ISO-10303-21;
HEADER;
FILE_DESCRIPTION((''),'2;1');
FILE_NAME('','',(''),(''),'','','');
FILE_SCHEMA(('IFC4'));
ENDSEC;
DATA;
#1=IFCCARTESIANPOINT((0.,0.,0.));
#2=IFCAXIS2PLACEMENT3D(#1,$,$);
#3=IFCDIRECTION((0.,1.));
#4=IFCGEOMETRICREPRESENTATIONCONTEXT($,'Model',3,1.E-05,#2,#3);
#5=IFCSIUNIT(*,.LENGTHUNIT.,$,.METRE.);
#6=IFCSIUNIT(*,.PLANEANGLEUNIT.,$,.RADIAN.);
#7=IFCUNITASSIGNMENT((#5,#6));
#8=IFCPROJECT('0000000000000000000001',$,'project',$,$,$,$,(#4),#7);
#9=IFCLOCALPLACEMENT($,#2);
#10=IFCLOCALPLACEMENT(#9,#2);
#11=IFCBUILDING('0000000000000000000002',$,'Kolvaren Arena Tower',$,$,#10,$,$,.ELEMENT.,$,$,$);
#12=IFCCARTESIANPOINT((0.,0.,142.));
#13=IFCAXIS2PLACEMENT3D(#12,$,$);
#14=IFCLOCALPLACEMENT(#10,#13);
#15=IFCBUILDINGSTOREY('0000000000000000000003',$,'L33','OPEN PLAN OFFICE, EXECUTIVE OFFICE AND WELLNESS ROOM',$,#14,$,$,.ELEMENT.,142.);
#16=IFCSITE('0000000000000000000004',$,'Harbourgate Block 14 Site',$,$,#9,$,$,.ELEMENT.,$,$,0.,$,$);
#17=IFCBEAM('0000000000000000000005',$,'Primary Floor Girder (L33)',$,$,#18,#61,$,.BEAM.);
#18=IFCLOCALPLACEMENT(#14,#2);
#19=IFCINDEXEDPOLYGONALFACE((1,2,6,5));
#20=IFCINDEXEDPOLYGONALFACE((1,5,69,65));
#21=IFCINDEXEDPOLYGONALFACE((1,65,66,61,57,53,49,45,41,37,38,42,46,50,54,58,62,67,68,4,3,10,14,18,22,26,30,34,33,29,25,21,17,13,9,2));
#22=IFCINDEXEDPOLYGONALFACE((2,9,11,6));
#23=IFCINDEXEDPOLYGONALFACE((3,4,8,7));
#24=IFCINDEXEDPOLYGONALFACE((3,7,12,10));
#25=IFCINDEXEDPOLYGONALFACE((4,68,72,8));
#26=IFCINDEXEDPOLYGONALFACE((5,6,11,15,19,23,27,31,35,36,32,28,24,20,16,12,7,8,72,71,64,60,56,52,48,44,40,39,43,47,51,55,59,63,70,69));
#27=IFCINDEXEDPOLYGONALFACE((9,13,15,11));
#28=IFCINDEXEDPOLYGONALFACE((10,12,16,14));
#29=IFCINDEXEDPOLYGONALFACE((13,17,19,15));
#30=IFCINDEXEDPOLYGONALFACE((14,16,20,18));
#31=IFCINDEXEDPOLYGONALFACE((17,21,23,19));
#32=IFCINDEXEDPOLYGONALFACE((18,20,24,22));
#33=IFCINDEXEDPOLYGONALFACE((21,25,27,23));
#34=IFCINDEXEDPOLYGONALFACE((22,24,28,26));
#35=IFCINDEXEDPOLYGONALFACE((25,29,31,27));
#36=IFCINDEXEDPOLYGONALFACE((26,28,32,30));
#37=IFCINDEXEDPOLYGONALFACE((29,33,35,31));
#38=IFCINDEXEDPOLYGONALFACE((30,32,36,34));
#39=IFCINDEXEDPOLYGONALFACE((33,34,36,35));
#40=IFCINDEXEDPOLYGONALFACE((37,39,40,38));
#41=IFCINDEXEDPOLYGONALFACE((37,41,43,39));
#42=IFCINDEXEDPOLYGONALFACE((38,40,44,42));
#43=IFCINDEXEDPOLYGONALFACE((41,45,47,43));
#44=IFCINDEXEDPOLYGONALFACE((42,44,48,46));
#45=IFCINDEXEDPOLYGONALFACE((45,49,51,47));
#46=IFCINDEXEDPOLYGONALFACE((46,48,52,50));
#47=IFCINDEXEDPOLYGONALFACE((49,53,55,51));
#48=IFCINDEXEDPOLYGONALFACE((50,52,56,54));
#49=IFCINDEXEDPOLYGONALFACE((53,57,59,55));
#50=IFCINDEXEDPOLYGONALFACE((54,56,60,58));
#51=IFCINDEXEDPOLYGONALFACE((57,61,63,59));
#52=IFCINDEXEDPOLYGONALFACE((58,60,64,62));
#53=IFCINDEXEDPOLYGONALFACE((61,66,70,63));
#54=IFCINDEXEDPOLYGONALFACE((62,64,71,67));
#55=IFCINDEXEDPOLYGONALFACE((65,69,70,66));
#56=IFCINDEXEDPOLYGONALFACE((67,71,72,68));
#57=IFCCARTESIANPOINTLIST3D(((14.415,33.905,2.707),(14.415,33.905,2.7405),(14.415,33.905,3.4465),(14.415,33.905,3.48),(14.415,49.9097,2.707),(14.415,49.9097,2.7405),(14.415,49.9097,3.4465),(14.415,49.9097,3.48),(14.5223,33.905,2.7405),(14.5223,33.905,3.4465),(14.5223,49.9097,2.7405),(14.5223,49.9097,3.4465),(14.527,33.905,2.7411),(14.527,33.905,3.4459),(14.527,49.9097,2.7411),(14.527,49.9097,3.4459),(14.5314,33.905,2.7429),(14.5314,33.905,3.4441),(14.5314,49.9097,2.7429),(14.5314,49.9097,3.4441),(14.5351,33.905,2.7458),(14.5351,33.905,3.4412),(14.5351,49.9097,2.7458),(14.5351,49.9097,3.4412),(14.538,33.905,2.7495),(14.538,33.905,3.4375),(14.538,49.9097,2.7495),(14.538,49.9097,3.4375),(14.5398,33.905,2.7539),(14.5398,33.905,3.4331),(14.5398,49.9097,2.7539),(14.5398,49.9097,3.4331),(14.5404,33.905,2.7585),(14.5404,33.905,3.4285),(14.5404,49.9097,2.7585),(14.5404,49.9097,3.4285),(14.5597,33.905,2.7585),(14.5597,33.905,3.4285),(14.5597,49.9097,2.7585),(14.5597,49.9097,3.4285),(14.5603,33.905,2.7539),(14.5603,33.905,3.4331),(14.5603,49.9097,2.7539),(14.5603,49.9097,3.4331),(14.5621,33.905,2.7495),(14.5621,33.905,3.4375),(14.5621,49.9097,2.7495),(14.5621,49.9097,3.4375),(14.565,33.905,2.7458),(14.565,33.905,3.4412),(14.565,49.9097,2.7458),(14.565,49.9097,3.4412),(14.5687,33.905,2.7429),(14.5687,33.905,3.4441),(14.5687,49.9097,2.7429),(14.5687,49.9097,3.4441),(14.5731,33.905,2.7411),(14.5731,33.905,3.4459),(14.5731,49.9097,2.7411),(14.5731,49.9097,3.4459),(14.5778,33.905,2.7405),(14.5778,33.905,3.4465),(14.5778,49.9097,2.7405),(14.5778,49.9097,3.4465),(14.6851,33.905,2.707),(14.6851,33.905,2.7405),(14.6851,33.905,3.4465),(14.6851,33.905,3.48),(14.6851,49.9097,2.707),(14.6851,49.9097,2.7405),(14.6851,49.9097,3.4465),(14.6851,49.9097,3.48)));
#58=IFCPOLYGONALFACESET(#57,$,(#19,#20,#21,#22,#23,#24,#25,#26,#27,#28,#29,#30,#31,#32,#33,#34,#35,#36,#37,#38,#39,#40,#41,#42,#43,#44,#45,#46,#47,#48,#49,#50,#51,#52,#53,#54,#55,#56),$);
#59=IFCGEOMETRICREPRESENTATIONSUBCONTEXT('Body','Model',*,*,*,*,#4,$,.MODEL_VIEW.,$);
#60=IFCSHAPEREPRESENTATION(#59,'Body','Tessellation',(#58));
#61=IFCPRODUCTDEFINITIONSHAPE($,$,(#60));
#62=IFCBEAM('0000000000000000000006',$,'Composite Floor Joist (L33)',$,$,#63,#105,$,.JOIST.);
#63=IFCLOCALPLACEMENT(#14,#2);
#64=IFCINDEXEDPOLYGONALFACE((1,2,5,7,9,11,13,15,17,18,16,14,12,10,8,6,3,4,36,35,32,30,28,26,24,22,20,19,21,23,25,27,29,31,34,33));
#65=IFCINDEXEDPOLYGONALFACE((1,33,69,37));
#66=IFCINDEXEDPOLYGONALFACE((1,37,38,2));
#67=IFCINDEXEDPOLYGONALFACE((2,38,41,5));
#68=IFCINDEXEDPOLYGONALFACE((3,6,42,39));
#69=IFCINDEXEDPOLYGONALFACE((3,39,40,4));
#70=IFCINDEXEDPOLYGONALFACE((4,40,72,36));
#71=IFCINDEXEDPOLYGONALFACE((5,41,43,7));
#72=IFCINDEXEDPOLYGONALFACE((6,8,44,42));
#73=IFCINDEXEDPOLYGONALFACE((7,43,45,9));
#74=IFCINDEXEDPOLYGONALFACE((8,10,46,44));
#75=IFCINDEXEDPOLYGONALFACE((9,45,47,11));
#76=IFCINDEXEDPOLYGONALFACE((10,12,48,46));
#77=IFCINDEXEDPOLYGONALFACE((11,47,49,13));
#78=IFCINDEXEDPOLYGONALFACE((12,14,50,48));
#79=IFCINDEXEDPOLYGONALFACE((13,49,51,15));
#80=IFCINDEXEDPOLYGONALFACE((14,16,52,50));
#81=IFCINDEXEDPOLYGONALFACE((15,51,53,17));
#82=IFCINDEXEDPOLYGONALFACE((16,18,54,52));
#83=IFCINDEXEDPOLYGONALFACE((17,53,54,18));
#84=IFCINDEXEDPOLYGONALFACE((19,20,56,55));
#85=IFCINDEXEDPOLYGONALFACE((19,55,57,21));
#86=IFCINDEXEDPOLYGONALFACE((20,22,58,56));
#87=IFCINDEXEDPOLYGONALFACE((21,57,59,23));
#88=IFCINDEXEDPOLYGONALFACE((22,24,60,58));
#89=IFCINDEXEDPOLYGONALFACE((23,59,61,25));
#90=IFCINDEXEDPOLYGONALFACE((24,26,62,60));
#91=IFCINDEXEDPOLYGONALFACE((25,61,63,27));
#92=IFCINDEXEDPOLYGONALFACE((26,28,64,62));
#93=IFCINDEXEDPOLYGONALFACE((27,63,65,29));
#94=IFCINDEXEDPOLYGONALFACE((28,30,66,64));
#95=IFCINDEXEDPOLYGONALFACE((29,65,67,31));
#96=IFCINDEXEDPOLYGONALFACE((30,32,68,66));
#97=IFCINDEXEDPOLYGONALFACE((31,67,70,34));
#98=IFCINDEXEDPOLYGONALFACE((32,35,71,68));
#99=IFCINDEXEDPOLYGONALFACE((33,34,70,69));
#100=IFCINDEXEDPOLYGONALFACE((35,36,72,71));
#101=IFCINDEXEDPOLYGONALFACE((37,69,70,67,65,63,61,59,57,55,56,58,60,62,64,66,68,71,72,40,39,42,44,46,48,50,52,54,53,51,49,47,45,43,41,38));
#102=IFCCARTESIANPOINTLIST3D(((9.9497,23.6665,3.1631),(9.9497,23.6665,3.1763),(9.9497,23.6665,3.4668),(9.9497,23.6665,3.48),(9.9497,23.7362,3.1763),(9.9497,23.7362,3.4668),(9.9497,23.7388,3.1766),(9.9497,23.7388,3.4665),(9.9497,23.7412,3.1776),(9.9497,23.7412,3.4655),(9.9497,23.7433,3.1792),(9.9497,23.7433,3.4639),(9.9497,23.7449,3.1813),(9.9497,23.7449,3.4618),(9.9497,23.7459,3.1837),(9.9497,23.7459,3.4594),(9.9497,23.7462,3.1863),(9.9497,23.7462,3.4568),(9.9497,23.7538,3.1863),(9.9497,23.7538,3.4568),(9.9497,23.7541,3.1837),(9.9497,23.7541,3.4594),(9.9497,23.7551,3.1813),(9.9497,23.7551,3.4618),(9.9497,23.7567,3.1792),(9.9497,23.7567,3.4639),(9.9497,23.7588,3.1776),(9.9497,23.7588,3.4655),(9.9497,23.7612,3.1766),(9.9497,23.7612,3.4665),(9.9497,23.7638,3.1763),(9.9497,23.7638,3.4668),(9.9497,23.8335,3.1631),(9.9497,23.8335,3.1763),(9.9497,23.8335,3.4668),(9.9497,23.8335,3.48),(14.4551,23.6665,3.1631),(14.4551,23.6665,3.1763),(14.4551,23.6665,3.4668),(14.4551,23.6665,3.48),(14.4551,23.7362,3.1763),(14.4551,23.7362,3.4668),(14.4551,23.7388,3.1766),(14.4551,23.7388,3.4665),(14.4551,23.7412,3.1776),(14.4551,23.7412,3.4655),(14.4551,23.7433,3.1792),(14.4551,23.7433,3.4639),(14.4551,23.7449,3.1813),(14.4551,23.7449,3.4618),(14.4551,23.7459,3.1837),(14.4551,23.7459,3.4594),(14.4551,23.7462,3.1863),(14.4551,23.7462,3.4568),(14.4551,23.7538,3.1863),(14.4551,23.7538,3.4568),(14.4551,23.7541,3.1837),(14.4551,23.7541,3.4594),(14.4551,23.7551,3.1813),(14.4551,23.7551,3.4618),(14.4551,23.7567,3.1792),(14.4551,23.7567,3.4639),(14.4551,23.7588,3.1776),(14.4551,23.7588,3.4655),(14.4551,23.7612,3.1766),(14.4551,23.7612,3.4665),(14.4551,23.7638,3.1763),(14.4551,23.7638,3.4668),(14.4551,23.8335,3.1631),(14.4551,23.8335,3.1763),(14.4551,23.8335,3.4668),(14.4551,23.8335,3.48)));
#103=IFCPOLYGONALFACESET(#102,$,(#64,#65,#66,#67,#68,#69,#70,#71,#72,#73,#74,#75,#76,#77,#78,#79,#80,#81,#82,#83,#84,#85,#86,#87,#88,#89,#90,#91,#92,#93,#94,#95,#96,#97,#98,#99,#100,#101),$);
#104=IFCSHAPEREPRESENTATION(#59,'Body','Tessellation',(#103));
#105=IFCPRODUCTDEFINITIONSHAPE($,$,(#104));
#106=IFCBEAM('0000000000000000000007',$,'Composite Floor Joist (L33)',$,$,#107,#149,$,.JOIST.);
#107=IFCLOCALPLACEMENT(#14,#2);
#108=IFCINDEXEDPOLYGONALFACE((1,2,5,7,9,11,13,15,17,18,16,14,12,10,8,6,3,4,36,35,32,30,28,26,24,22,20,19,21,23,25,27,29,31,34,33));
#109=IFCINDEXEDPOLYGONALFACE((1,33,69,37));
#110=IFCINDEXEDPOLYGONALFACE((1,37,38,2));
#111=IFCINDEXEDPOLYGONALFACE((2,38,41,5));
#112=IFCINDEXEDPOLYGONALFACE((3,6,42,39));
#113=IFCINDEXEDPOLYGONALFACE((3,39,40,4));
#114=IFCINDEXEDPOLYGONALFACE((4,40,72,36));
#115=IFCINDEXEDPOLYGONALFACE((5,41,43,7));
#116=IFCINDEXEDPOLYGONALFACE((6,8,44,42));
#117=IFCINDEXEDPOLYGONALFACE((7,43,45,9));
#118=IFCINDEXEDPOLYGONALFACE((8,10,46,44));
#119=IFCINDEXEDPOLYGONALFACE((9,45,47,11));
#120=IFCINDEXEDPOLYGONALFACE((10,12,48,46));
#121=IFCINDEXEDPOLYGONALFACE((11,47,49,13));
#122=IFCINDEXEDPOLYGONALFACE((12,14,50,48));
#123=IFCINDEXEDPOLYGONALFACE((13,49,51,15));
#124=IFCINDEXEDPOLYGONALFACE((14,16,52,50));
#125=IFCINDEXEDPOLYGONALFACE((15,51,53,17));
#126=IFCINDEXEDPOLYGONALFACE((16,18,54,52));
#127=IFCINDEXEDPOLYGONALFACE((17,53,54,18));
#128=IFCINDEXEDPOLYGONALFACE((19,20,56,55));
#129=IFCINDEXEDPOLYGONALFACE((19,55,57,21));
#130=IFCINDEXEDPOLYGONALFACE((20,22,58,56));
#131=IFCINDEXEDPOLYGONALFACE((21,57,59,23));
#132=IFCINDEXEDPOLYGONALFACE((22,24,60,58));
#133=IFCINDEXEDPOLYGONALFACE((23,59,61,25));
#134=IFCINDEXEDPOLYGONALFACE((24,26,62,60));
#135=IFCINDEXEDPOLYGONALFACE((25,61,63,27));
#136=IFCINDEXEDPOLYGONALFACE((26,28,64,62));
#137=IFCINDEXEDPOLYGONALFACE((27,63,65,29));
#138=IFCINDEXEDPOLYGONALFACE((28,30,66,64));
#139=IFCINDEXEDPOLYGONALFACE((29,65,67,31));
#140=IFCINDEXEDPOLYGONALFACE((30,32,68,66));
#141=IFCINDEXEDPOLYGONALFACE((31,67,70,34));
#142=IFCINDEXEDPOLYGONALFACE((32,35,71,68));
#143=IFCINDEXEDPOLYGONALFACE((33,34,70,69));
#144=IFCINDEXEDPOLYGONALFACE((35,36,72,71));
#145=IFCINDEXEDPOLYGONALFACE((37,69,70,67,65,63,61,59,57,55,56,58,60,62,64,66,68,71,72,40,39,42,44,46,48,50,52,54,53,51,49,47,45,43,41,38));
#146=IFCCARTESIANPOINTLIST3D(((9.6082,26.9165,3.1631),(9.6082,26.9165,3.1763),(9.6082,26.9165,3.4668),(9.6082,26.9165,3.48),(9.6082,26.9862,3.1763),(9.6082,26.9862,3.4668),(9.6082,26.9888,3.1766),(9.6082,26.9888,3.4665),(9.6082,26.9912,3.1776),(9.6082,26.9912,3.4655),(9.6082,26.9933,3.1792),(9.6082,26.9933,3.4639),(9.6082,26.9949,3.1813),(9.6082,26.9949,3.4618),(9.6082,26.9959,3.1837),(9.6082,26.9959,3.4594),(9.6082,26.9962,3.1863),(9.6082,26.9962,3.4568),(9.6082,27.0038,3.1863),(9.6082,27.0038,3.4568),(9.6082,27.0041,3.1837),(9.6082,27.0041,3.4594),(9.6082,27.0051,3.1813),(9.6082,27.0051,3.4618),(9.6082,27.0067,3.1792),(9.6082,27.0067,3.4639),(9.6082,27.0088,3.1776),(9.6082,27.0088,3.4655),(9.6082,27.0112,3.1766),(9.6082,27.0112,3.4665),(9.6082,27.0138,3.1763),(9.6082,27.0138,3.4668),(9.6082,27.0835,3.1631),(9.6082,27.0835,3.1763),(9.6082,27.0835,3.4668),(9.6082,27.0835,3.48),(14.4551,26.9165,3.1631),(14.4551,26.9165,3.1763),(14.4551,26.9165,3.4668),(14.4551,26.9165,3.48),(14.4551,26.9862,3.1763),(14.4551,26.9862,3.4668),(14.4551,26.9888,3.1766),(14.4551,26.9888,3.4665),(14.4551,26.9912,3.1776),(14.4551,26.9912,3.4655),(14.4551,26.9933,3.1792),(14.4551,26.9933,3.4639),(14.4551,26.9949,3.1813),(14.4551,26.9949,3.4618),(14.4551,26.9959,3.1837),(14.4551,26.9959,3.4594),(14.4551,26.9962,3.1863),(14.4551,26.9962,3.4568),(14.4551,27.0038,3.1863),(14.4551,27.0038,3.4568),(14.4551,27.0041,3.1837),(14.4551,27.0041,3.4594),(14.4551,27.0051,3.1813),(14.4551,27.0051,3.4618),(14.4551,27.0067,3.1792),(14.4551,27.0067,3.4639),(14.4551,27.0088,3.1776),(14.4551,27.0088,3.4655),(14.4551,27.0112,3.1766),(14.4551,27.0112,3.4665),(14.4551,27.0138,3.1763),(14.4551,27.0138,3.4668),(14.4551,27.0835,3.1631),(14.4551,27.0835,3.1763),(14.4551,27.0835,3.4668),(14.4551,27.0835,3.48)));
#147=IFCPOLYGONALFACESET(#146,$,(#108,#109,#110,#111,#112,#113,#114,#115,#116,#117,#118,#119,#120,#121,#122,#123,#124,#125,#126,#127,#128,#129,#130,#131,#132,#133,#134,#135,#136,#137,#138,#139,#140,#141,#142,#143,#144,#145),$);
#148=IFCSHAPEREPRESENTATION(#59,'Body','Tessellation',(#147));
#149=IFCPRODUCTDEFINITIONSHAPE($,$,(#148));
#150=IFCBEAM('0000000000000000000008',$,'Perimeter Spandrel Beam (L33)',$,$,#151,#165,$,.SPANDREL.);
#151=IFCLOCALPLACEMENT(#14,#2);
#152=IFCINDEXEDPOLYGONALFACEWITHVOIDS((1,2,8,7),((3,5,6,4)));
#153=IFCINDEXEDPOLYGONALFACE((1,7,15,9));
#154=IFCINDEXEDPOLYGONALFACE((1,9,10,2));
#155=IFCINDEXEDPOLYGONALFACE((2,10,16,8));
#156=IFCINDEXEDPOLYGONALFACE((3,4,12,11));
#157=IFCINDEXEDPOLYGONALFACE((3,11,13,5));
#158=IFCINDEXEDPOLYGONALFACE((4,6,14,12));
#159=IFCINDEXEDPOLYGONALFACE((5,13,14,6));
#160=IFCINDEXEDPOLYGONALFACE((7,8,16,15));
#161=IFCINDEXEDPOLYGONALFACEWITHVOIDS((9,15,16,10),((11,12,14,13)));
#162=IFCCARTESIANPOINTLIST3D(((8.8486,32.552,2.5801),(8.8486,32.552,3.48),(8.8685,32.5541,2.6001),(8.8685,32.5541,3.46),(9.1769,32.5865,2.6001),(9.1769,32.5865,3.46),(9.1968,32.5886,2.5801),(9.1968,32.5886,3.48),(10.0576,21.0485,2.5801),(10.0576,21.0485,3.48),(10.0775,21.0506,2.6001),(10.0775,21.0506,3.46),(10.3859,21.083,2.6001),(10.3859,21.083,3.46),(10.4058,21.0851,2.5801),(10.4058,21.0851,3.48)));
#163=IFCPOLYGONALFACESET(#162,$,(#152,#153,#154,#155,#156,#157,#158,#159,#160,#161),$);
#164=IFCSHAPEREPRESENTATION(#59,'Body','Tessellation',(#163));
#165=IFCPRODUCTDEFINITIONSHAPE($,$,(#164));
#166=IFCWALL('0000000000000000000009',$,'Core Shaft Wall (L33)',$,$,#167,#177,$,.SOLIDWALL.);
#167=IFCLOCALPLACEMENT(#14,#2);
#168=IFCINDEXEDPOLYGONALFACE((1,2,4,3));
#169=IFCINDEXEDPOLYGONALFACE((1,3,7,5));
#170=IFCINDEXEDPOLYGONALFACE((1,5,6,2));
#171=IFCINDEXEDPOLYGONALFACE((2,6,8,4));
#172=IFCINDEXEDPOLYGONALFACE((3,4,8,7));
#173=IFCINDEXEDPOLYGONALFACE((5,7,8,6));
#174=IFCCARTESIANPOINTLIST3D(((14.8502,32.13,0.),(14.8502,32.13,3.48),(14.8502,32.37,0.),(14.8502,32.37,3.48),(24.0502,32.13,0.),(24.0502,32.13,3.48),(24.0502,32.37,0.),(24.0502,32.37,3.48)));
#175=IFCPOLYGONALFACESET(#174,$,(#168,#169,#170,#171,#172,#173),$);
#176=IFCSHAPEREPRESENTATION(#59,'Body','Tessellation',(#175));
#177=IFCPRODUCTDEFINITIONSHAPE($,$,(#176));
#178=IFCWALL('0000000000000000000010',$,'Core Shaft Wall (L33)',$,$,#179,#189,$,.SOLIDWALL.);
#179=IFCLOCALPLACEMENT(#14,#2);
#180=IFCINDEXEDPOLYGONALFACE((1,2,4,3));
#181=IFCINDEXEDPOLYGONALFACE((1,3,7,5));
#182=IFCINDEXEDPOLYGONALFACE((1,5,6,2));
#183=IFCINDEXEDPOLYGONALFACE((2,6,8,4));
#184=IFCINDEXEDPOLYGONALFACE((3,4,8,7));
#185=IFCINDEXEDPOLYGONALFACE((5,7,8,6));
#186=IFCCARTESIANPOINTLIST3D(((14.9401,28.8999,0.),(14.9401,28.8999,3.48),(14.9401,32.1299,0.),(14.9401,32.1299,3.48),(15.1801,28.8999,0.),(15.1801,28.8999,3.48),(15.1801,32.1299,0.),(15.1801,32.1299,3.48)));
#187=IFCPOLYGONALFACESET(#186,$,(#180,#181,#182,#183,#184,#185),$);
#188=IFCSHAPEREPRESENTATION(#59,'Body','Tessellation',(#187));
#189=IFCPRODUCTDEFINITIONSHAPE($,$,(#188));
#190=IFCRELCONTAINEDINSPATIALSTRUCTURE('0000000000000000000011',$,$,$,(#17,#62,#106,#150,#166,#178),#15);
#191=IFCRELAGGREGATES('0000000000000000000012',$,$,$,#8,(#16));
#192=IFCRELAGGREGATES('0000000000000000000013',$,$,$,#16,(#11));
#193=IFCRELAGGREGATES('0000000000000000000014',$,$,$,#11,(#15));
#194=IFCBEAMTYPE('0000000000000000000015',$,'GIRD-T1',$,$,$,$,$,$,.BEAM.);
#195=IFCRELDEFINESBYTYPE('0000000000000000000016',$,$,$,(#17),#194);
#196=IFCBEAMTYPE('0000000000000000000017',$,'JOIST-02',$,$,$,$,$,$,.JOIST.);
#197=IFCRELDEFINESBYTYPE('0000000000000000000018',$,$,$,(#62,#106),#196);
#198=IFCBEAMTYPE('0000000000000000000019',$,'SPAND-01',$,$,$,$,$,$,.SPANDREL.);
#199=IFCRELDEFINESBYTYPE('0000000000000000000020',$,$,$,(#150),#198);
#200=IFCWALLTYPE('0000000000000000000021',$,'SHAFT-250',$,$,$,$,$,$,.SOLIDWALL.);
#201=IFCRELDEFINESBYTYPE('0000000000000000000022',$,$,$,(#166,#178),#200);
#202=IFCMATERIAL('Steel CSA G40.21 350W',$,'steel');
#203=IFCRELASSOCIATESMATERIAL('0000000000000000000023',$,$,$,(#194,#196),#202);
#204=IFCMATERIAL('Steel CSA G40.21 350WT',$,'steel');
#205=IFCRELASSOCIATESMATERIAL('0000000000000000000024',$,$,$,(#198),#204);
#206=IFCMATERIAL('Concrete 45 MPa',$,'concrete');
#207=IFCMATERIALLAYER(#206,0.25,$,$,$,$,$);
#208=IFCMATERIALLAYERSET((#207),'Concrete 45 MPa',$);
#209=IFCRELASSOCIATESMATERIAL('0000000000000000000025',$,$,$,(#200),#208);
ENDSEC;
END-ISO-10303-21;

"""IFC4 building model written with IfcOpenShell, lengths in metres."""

from ifc_helpers import new_model, si_unit, direction, frame, frame_2d, origin, origin_2d, place, context, subcontext, project, spatial, rectangle, hollow_rectangle, i_section, extrude, material, layer, layer_set, material_profile, profile_set, type_object, element, save


model = new_model("IFC4")

# Units and contexts
model_context = context("Model", 3, precision=1e-05, world=origin(), true_north=direction((0.0, 1.0)))
body_context = subcontext(model_context, "Body", "Model", "MODEL_VIEW")
ifc_project = project(units=[si_unit("LENGTHUNIT", "METRE"), si_unit("PLANEANGLEUNIT", "RADIAN")], contexts=[model_context])

# Site, building, storey
site_placement = place(None, origin())
site = spatial("IfcSite", under=ifc_project, at=site_placement, Name="Harbourgate Block 14 Site", CompositionType="ELEMENT", RefElevation=0.0)
building_placement = place(site_placement, origin())
building = spatial("IfcBuilding", under=site, at=building_placement, Name="Kolvaren Arena Tower", CompositionType="ELEMENT")
storey_placement = place(building_placement, frame((0.0, 0.0, 142.0)))
storey = spatial("IfcBuildingStorey", under=building, at=storey_placement, Name="L33", Description="OPEN PLAN OFFICE, EXECUTIVE OFFICE AND WELLNESS ROOM", CompositionType="ELEMENT", Elevation=142.0)

# Beams
ifc_material_1 = material(Name="Steel CSA G40.21 350W", Category="steel")
ifc_material_profile_1 = material_profile(ifc_material_1, i_section(OverallWidth=0.27, OverallDepth=0.7729, WebThickness=0.0193, FlangeThickness=0.0334, FilletRadius=0.0181, at=origin_2d()), Name="W760x257")
ifc_profile_set_1 = profile_set([ifc_material_profile_1], Name="Steel CSA G40.21 350W")
beam_type_1 = type_object("IfcBeamType", Name="GIRD-T1", PredefinedType="BEAM", material=ifc_profile_set_1)
beam_1_placement = place(storey_placement, frame((14.55, 33.905, 3.0935), z_axis=(0.0, 1.0, 0.0), x_axis=(-1.0, 0.0, 0.0)))
element("IfcBeam", 1, at=beam_1_placement, inside=storey, type_object=beam_type_1, Name="Primary Floor Girder (L33)", PredefinedType="BEAM", context=body_context, shape_type="SweptSolid", body=[
    extrude(i_section(OverallWidth=0.27, OverallDepth=0.7729, WebThickness=0.0193, FlangeThickness=0.0334, FilletRadius=0.0181, at=origin_2d()), origin(), (0.0, 0.0, 1.0), 16.0046),
])
ifc_material_profile_2 = material_profile(ifc_material_1, i_section(OverallWidth=0.167, OverallDepth=0.3169, WebThickness=0.0076, FlangeThickness=0.0132, FilletRadius=0.01, at=origin_2d()), Name="W310x52")
ifc_profile_set_2 = profile_set([ifc_material_profile_2], Name="Steel CSA G40.21 350W")
beam_type_2 = type_object("IfcBeamType", Name="JOIST-02", PredefinedType="JOIST", material=ifc_profile_set_2)
beam_2_placement = place(storey_placement, frame((9.9497, 23.75, 3.3215), z_axis=(1.0, 0.0, 0.0), x_axis=(0.0, 1.0, 0.0)))
element("IfcBeam", 2, at=beam_2_placement, inside=storey, type_object=beam_type_2, Name="Composite Floor Joist (L33)", PredefinedType="JOIST", context=body_context, shape_type="SweptSolid", body=[
    extrude(i_section(OverallWidth=0.167, OverallDepth=0.3169, WebThickness=0.0076, FlangeThickness=0.0132, FilletRadius=0.01, at=origin_2d()), origin(), (0.0, 0.0, 1.0), 4.5054),
])
beam_3_placement = place(storey_placement, frame((9.6082, 27.0, 3.3215), z_axis=(1.0, 0.0, 0.0), x_axis=(0.0, 1.0, 0.0)))
element("IfcBeam", 3, at=beam_3_placement, inside=storey, type_object=beam_type_2, Name="Composite Floor Joist (L33)", PredefinedType="JOIST", context=body_context, shape_type="SweptSolid", body=[
    extrude(i_section(OverallWidth=0.167, OverallDepth=0.3169, WebThickness=0.0076, FlangeThickness=0.0132, FilletRadius=0.01, at=origin_2d()), origin(), (0.0, 0.0, 1.0), 4.8469),
])
ifc_material_2 = material(Name="Steel CSA G40.21 350WT", Category="steel")
ifc_material_profile_3 = material_profile(ifc_material_2, hollow_rectangle(XDim=0.3501, YDim=0.8999, WallThickness=0.02, at=origin_2d()), Name="HSS 900x350x20")
ifc_profile_set_3 = profile_set([ifc_material_profile_3], Name="Steel CSA G40.21 350WT")
beam_type_3 = type_object("IfcBeamType", Name="SPAND-01", PredefinedType="SPANDREL", material=ifc_profile_set_3)
beam_4_placement = place(storey_placement, frame((9.0227, 32.5703, 3.03), z_axis=(0.104522, -0.994523, 0.0), x_axis=(0.994523, 0.104522, 0.0)))
element("IfcBeam", 4, at=beam_4_placement, inside=storey, type_object=beam_type_3, Name="Perimeter Spandrel Beam (L33)", PredefinedType="SPANDREL", context=body_context, shape_type="SweptSolid", body=[
    extrude(hollow_rectangle(XDim=0.3501, YDim=0.8999, WallThickness=0.02, at=origin_2d()), origin(), (0.0, 0.0, 1.0), 11.5669),
])

# Walls
ifc_material_3 = material(Name="Concrete 45 MPa", Category="concrete")
ifc_layer = layer(ifc_material_3, 0.25)
ifc_layer_set = layer_set([ifc_layer], Name="Concrete 45 MPa")
wall_type = type_object("IfcWallType", Name="SHAFT-250", PredefinedType="SOLIDWALL", material=ifc_layer_set)
wall_1_placement = place(storey_placement, frame((14.8501, 32.25, 0.0), z_axis=(0.0, 0.0, 1.0), x_axis=(1.0, 0.0, 0.0)))
element("IfcWall", 5, at=wall_1_placement, inside=storey, type_object=wall_type, Name="Core Shaft Wall (L33)", PredefinedType="SOLIDWALL", context=body_context, shape_type="SweptSolid", body=[
    extrude(rectangle(XDim=9.2, YDim=0.24, at=frame_2d((4.6001, 0.0))), origin(), (0.0, 0.0, 1.0), 3.48),
])
wall_2_placement = place(storey_placement, frame((15.0601, 28.8999, 0.0), z_axis=(0.0, 0.0, 1.0), x_axis=(0.0, 1.0, 0.0)))
element("IfcWall", 6, at=wall_2_placement, inside=storey, type_object=wall_type, Name="Core Shaft Wall (L33)", PredefinedType="SOLIDWALL", context=body_context, shape_type="SweptSolid", body=[
    extrude(rectangle(XDim=3.23, YDim=0.24, at=frame_2d((1.615, 0.0))), origin(), (0.0, 0.0, 1.0), 3.48),
])

save(model, "model.ifc")
